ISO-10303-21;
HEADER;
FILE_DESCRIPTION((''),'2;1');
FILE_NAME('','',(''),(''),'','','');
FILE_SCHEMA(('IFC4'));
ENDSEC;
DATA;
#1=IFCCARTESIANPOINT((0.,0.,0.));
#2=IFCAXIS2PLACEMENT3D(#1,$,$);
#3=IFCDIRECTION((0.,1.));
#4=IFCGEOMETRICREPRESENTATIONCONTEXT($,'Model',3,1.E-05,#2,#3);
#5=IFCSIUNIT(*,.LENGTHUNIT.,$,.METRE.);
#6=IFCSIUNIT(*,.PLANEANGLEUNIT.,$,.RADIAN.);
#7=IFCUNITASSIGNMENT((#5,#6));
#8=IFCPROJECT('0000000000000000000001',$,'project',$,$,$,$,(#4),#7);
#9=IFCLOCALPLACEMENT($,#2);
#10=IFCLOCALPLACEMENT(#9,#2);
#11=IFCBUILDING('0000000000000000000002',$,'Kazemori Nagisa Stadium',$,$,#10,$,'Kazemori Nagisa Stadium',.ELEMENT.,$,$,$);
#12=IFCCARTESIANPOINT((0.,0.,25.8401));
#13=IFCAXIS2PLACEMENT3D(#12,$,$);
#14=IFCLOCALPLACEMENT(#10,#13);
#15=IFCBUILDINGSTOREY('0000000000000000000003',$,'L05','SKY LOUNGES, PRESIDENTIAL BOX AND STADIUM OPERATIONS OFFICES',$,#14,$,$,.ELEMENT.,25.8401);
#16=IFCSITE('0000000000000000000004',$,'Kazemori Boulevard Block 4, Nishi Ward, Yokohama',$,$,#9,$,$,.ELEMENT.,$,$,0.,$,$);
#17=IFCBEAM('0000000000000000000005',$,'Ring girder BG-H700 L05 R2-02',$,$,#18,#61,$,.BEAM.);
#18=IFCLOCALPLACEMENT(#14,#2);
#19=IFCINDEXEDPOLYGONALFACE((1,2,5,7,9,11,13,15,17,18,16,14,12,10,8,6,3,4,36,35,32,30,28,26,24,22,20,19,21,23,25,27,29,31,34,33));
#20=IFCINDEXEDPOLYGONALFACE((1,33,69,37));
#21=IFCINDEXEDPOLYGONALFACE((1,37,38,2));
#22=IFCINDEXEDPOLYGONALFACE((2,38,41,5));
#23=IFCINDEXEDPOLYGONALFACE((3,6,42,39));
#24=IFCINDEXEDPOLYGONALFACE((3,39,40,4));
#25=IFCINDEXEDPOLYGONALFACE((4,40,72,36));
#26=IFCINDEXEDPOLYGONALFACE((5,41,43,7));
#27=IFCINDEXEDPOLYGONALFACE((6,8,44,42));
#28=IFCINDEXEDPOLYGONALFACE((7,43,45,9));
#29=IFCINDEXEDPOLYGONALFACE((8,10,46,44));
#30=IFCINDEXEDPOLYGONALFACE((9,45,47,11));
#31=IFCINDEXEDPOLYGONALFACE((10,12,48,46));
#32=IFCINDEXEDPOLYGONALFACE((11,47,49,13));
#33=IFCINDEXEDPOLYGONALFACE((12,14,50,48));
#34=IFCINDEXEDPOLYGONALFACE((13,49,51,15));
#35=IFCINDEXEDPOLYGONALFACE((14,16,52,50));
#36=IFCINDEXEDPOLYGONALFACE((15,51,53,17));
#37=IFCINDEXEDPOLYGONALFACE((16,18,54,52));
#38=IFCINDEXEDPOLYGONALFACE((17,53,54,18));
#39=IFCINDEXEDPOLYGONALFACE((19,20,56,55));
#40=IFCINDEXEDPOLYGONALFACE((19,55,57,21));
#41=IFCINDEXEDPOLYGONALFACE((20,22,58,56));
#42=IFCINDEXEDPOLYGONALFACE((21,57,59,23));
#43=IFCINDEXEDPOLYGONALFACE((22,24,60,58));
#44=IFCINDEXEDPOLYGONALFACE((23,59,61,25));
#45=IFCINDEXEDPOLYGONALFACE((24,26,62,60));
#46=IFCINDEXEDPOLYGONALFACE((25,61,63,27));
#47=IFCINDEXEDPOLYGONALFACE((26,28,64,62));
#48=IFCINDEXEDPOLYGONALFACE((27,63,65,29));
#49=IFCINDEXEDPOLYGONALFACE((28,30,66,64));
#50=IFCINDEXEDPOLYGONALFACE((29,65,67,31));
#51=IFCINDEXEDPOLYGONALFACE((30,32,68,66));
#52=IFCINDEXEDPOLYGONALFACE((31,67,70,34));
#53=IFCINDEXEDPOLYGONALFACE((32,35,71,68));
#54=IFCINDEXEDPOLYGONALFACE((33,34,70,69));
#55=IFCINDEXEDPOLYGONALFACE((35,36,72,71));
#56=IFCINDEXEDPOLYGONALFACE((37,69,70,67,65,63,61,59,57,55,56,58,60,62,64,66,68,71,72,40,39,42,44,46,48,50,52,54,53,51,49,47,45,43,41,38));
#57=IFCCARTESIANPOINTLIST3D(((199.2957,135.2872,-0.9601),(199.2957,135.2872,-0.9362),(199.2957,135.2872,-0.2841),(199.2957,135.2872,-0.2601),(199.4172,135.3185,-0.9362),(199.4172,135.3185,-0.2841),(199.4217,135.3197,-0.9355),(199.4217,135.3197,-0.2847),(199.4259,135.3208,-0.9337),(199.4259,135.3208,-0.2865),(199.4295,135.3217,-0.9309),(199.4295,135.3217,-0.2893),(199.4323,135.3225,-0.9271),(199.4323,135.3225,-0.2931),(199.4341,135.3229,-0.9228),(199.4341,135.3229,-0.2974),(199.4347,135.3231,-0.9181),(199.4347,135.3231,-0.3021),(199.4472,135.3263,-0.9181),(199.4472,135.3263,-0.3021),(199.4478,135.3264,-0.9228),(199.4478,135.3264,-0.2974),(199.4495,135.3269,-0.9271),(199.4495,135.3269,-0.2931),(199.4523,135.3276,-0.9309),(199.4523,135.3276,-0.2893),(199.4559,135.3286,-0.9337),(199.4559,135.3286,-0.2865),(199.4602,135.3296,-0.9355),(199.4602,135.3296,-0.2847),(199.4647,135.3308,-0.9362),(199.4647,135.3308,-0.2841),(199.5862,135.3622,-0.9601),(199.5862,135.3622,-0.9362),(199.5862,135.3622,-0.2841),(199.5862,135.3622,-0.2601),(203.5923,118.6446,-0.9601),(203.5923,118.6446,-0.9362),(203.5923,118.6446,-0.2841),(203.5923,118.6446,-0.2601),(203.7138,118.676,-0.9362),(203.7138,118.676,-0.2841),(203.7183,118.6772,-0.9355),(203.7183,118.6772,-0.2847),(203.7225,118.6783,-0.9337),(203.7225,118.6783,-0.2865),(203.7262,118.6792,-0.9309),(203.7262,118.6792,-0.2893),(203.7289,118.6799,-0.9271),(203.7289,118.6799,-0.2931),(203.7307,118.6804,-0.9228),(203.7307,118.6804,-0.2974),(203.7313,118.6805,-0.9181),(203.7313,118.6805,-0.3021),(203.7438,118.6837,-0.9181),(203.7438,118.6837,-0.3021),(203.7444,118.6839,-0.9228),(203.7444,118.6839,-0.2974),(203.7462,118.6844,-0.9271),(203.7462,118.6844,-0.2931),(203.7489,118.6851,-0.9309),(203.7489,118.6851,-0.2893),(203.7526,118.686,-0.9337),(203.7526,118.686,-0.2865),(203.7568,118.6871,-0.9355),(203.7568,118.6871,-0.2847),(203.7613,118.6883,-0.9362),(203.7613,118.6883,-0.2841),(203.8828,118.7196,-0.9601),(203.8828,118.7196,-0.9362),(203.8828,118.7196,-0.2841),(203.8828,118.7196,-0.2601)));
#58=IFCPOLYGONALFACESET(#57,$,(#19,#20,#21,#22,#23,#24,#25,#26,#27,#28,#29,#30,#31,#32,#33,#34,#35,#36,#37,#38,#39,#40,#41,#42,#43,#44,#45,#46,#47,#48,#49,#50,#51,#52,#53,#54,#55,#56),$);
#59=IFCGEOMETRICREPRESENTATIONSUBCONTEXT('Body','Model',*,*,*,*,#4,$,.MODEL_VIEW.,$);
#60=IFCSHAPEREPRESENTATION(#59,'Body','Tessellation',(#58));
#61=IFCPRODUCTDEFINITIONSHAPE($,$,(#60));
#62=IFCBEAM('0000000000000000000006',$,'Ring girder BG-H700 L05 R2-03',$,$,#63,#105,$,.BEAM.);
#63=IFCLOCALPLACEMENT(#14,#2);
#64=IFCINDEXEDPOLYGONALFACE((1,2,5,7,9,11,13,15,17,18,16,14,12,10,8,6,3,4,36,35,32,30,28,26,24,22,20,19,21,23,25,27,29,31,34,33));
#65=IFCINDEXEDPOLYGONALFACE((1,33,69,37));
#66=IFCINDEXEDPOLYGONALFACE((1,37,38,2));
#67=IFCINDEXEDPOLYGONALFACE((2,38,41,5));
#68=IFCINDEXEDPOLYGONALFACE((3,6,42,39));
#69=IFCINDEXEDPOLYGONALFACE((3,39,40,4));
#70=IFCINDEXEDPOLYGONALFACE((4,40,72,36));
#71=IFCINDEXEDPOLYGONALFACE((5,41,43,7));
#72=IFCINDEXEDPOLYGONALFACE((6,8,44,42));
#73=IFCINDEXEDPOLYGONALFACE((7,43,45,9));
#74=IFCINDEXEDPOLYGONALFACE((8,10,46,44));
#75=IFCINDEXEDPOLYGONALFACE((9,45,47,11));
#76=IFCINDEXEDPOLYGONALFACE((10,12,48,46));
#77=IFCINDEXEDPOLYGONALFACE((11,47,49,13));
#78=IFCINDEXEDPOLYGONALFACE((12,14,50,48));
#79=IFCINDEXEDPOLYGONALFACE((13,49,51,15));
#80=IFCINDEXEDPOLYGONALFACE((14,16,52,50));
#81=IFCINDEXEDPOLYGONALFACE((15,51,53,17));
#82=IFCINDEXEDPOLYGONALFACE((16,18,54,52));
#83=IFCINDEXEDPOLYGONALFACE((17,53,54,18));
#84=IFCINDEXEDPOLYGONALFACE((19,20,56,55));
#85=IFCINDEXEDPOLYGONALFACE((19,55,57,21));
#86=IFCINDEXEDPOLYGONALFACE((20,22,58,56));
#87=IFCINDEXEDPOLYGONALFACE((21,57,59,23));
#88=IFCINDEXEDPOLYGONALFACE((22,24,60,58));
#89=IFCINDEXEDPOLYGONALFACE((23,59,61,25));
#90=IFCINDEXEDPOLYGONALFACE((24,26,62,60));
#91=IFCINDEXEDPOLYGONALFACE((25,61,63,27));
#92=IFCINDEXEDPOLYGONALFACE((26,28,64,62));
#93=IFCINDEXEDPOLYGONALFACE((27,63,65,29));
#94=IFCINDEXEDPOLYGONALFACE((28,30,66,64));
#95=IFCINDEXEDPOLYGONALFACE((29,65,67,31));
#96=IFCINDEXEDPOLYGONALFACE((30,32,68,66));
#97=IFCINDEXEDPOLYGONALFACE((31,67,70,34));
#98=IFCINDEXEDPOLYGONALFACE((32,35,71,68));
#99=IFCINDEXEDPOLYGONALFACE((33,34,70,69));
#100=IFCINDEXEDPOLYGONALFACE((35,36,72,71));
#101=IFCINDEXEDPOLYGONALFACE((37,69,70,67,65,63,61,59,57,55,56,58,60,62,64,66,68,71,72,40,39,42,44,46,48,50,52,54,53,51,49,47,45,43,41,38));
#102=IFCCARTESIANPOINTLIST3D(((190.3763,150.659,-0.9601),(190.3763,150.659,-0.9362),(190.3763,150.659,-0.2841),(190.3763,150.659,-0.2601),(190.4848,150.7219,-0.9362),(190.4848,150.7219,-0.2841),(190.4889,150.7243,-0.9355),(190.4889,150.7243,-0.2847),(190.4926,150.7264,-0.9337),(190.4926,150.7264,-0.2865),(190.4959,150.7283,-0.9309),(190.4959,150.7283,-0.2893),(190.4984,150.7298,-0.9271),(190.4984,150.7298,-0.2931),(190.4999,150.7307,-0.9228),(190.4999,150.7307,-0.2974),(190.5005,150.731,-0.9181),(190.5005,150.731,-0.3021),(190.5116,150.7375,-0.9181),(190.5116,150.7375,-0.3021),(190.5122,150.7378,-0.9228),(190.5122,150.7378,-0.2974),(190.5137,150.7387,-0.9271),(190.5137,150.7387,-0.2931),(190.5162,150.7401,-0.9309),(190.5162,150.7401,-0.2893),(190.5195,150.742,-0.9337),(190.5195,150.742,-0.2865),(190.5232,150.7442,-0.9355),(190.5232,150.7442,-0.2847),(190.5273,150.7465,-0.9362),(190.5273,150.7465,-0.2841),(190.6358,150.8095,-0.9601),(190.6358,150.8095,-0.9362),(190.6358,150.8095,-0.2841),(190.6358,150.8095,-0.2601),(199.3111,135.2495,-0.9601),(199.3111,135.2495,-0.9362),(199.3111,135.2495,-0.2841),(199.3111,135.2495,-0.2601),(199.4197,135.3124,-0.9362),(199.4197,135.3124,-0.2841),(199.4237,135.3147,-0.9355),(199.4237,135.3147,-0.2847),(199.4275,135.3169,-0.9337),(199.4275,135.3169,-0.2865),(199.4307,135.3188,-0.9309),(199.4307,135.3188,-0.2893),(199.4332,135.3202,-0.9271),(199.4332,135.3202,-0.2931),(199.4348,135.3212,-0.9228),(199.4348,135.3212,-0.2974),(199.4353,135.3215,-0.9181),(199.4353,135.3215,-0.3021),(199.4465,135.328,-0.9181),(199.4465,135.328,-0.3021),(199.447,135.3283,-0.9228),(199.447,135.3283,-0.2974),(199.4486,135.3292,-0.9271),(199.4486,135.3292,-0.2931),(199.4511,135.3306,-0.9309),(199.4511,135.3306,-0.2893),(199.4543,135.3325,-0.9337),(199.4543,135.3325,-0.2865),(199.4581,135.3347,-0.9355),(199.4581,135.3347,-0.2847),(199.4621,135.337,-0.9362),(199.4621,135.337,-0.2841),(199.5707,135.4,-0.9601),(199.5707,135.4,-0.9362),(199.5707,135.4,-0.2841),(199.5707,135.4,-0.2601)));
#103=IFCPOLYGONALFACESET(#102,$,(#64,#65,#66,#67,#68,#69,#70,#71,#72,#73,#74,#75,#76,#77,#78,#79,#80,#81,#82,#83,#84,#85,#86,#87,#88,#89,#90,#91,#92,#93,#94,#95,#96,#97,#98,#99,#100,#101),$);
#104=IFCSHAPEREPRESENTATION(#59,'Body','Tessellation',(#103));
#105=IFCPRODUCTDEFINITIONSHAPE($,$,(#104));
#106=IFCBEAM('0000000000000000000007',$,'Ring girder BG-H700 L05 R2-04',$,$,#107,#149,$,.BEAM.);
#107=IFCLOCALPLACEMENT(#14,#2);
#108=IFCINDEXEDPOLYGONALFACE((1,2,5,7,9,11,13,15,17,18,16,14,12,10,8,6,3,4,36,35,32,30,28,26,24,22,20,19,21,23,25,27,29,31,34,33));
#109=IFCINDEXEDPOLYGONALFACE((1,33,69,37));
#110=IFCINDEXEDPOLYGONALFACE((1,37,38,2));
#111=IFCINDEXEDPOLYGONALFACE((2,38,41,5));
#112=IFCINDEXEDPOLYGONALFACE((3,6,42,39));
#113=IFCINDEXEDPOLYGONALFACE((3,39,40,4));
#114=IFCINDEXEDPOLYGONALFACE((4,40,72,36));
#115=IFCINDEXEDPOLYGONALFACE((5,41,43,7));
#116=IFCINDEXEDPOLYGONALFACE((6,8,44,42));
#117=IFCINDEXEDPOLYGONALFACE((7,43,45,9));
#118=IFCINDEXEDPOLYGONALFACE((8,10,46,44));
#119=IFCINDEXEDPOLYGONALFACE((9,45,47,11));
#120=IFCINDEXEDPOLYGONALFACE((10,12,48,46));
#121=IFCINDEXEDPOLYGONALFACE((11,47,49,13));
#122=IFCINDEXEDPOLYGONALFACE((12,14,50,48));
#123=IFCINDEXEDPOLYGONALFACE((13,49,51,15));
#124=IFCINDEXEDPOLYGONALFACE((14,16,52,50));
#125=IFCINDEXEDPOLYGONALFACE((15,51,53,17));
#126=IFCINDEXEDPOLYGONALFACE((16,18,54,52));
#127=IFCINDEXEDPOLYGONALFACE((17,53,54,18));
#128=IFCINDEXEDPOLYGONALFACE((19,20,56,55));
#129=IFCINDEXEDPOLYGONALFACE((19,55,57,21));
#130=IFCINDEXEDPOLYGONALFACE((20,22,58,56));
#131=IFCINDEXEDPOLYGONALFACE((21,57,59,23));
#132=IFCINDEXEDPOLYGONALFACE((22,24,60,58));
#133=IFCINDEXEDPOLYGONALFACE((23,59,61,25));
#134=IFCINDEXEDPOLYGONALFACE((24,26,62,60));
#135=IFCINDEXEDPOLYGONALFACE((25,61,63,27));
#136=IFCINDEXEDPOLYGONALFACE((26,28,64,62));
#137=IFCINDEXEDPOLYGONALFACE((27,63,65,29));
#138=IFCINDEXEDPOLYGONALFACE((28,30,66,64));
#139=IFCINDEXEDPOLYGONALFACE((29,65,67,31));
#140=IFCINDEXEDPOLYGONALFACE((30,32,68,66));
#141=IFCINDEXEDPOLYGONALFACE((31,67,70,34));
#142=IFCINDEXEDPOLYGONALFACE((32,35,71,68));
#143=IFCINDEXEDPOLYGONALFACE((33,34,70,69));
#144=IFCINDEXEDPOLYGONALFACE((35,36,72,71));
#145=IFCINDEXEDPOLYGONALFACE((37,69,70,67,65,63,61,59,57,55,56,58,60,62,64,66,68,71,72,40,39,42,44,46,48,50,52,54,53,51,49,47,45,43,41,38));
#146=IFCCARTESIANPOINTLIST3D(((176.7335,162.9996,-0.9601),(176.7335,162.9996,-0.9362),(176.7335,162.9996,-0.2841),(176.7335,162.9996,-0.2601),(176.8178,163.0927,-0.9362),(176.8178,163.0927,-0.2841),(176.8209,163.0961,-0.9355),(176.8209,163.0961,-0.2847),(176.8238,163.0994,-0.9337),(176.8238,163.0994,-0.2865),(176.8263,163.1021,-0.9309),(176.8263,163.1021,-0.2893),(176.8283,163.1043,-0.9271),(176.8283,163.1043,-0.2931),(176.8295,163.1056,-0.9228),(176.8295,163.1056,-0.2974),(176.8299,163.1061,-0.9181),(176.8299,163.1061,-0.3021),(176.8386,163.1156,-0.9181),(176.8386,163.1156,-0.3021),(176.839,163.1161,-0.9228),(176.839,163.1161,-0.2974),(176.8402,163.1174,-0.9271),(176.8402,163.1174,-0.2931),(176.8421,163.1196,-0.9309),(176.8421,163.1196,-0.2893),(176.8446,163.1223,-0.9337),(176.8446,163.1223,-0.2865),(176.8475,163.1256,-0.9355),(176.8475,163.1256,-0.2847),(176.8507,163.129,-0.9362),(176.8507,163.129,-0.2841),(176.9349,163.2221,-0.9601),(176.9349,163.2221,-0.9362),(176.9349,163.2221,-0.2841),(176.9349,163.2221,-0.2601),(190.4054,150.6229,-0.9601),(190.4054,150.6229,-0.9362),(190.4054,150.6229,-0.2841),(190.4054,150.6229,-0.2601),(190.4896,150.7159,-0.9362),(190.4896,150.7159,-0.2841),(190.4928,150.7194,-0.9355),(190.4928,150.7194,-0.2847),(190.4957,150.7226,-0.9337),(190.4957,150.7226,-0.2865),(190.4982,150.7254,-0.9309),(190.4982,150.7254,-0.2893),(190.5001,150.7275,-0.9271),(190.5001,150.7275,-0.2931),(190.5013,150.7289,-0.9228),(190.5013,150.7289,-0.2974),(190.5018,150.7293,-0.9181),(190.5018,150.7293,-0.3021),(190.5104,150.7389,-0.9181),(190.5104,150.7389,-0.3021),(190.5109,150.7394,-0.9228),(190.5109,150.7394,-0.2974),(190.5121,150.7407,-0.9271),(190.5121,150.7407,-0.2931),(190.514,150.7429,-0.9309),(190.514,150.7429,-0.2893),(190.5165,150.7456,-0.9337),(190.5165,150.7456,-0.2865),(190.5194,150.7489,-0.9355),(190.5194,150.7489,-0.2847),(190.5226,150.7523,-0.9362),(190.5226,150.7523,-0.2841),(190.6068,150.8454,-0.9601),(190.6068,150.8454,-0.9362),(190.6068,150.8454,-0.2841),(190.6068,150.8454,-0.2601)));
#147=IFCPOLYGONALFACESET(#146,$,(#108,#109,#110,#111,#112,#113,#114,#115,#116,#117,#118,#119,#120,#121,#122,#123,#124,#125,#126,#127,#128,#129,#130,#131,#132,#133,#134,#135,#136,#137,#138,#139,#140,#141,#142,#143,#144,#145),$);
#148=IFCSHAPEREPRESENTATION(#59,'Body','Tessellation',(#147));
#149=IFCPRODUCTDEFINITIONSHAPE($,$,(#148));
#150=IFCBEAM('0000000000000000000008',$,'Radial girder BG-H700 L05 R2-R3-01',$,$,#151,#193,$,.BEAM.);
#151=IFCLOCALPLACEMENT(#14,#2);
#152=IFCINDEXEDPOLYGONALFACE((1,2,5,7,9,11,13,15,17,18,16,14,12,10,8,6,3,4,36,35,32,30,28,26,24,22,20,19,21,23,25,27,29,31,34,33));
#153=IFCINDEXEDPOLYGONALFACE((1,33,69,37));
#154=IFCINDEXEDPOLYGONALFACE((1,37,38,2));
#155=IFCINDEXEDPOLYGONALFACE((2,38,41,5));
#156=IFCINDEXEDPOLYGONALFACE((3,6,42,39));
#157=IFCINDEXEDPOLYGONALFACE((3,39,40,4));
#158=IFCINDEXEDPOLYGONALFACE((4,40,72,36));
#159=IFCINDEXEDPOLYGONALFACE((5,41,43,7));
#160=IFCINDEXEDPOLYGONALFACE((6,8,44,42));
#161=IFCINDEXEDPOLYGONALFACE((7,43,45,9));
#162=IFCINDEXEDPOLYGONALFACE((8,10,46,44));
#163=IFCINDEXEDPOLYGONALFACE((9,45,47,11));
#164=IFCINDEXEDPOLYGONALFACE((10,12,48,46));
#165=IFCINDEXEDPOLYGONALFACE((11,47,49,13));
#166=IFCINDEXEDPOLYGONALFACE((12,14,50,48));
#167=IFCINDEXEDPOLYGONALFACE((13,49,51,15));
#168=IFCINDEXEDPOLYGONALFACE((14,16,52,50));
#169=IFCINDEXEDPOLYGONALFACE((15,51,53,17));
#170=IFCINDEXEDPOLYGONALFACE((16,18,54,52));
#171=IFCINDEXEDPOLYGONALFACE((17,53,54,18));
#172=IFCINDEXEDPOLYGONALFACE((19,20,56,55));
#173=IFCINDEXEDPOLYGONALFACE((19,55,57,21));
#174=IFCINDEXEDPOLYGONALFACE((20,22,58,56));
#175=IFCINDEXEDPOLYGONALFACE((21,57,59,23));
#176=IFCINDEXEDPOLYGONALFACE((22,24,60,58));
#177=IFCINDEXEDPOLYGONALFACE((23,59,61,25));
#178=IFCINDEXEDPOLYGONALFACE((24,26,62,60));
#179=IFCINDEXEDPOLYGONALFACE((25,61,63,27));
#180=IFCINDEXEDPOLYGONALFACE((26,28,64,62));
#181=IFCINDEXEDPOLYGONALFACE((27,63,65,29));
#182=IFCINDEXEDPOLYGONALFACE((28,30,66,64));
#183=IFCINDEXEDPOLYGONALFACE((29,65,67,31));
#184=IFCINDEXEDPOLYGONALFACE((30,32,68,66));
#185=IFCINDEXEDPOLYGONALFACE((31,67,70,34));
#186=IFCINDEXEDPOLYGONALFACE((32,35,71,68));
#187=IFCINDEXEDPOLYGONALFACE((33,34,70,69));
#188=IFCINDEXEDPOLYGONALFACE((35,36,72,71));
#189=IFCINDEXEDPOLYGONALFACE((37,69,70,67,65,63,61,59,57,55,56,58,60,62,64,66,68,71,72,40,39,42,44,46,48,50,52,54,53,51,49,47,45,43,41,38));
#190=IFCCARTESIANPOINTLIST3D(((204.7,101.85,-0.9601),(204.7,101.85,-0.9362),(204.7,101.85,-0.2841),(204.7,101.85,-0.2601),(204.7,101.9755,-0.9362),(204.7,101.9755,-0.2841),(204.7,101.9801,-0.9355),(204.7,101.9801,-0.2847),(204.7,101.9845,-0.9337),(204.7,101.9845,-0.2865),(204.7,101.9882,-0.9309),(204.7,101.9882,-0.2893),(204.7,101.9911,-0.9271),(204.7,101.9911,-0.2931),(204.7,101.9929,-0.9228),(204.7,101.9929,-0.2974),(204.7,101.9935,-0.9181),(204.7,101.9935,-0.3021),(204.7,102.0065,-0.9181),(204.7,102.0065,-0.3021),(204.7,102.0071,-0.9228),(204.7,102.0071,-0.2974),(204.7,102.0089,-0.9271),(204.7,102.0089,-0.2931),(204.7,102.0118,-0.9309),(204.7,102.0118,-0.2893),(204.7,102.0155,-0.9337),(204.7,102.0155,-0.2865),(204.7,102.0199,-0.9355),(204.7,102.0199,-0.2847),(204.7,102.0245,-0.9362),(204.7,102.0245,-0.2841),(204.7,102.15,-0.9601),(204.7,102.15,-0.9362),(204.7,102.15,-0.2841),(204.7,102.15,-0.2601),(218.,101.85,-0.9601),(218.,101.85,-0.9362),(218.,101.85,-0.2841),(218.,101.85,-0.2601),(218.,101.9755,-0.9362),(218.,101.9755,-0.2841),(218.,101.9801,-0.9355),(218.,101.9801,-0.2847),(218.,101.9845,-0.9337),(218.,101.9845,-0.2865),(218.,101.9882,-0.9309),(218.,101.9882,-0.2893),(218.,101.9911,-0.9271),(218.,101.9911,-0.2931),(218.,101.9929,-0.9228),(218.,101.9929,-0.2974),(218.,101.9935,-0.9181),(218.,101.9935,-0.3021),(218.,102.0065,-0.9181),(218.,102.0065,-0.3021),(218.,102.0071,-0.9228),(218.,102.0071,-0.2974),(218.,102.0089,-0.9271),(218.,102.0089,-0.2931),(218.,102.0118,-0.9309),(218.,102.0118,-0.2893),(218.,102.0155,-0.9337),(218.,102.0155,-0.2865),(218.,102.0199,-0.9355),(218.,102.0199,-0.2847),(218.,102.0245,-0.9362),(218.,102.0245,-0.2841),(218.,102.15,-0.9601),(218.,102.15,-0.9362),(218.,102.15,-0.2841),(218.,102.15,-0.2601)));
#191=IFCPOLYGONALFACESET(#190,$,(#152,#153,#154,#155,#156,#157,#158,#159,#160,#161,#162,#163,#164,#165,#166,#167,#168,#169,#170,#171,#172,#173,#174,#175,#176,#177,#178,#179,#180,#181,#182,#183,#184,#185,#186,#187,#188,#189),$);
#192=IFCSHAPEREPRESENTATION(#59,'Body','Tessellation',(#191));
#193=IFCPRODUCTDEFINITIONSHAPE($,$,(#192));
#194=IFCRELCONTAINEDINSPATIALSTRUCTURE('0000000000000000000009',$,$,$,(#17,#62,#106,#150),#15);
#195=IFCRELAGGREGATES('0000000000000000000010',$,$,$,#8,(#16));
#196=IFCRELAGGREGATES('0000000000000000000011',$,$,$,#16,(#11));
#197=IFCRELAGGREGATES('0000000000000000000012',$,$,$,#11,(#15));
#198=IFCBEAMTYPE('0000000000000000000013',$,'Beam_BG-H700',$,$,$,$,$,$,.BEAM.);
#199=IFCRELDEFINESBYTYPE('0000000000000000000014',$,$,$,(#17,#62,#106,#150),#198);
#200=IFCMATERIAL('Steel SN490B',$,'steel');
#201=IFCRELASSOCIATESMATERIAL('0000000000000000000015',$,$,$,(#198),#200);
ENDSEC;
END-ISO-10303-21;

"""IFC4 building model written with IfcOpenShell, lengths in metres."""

from ifc_helpers import new_model, si_unit, direction, frame, origin, origin_2d, place, context, subcontext, project, spatial, i_section, extrude, material, material_profile, profile_set, type_object, element, save


model = new_model("IFC4")

# Units and contexts
model_context = context("Model", 3, precision=1e-05, world=origin(), true_north=direction((0.0, 1.0)))
body_context = subcontext(model_context, "Body", "Model", "MODEL_VIEW")
ifc_project = project(units=[si_unit("LENGTHUNIT", "METRE"), si_unit("PLANEANGLEUNIT", "RADIAN")], contexts=[model_context])

# Site, building, storey
site_placement = place(None, origin())
site = spatial("IfcSite", under=ifc_project, at=site_placement, Name="Kazemori Boulevard Block 4, Nishi Ward, Yokohama", CompositionType="ELEMENT", RefElevation=0.0)
building_placement = place(site_placement, origin())
building = spatial("IfcBuilding", under=site, at=building_placement, Name="Kazemori Nagisa Stadium", LongName="Kazemori Nagisa Stadium", CompositionType="ELEMENT")
storey_placement = place(building_placement, frame((0.0, 0.0, 25.8401)))
storey = spatial("IfcBuildingStorey", under=building, at=storey_placement, Name="L05", Description="SKY LOUNGES, PRESIDENTIAL BOX AND STADIUM OPERATIONS OFFICES", CompositionType="ELEMENT", Elevation=25.8401)

# Beams
ifc_material_1 = material(Name="Steel SN490B", Category="steel")
ifc_material_profile_1 = material_profile(ifc_material_1, i_section(OverallWidth=0.3, OverallDepth=0.7, WebThickness=0.0129, FlangeThickness=0.0239, FilletRadius=0.0181, at=origin_2d()), Name="H-700x300x13x24")
ifc_profile_set_1 = profile_set([ifc_material_profile_1], Name="Steel SN490B")
beam_type_1 = type_object("IfcBeamType", Name="Beam_BG-H700", PredefinedType="BEAM", material=ifc_profile_set_1)
beam_1_placement = place(storey_placement, frame((203.7375, 118.6821, -0.6101), z_axis=(-0.249975, 0.968252, 0.0), x_axis=(-0.968252, -0.249975, 0.0)))
element("IfcBeam", 1, at=beam_1_placement, inside=storey, type_object=beam_type_1, Name="Ring girder BG-H700 L05 R2-02", PredefinedType="BEAM", context=body_context, shape_type="SweptSolid", body=[
    extrude(i_section(OverallWidth=0.3, OverallDepth=0.7, WebThickness=0.0129, FlangeThickness=0.0239, FilletRadius=0.0181, at=origin_2d()), origin(), (0.0, 0.0, 1.0), 17.1882),
])
beam_2_placement = place(storey_placement, frame((199.4409, 135.3247, -0.6101), z_axis=(-0.501607, 0.865096, 0.0), x_axis=(-0.865096, -0.501607, 0.0)))
element("IfcBeam", 2, at=beam_2_placement, inside=storey, type_object=beam_type_1, Name="Ring girder BG-H700 L05 R2-03", PredefinedType="BEAM", context=body_context, shape_type="SweptSolid", body=[
    extrude(i_section(OverallWidth=0.3, OverallDepth=0.7, WebThickness=0.0129, FlangeThickness=0.0239, FilletRadius=0.0181, at=origin_2d()), origin(), (0.0, 0.0, 1.0), 17.8125),
])
beam_3_placement = place(storey_placement, frame((190.5061, 150.7341, -0.6101), z_axis=(-0.741349, 0.67112, 0.0), x_axis=(-0.67112, -0.741349, 0.0)))
element("IfcBeam", 3, at=beam_3_placement, inside=storey, type_object=beam_type_1, Name="Ring girder BG-H700 L05 R2-04", PredefinedType="BEAM", context=body_context, shape_type="SweptSolid", body=[
    extrude(i_section(OverallWidth=0.3, OverallDepth=0.7, WebThickness=0.0129, FlangeThickness=0.0239, FilletRadius=0.0181, at=origin_2d()), origin(), (0.0, 0.0, 1.0), 18.4419),
])
beam_4_placement = place(storey_placement, frame((204.7, 102.0, -0.6101), z_axis=(1.0, 0.0, 0.0), x_axis=(0.0, 1.0, 0.0)))
element("IfcBeam", 4, at=beam_4_placement, inside=storey, type_object=beam_type_1, Name="Radial girder BG-H700 L05 R2-R3-01", PredefinedType="BEAM", context=body_context, shape_type="SweptSolid", body=[
    extrude(i_section(OverallWidth=0.3, OverallDepth=0.7, WebThickness=0.0129, FlangeThickness=0.0239, FilletRadius=0.0181, at=origin_2d()), origin(), (0.0, 0.0, 1.0), 13.3),
])

save(model, "model.ifc")
